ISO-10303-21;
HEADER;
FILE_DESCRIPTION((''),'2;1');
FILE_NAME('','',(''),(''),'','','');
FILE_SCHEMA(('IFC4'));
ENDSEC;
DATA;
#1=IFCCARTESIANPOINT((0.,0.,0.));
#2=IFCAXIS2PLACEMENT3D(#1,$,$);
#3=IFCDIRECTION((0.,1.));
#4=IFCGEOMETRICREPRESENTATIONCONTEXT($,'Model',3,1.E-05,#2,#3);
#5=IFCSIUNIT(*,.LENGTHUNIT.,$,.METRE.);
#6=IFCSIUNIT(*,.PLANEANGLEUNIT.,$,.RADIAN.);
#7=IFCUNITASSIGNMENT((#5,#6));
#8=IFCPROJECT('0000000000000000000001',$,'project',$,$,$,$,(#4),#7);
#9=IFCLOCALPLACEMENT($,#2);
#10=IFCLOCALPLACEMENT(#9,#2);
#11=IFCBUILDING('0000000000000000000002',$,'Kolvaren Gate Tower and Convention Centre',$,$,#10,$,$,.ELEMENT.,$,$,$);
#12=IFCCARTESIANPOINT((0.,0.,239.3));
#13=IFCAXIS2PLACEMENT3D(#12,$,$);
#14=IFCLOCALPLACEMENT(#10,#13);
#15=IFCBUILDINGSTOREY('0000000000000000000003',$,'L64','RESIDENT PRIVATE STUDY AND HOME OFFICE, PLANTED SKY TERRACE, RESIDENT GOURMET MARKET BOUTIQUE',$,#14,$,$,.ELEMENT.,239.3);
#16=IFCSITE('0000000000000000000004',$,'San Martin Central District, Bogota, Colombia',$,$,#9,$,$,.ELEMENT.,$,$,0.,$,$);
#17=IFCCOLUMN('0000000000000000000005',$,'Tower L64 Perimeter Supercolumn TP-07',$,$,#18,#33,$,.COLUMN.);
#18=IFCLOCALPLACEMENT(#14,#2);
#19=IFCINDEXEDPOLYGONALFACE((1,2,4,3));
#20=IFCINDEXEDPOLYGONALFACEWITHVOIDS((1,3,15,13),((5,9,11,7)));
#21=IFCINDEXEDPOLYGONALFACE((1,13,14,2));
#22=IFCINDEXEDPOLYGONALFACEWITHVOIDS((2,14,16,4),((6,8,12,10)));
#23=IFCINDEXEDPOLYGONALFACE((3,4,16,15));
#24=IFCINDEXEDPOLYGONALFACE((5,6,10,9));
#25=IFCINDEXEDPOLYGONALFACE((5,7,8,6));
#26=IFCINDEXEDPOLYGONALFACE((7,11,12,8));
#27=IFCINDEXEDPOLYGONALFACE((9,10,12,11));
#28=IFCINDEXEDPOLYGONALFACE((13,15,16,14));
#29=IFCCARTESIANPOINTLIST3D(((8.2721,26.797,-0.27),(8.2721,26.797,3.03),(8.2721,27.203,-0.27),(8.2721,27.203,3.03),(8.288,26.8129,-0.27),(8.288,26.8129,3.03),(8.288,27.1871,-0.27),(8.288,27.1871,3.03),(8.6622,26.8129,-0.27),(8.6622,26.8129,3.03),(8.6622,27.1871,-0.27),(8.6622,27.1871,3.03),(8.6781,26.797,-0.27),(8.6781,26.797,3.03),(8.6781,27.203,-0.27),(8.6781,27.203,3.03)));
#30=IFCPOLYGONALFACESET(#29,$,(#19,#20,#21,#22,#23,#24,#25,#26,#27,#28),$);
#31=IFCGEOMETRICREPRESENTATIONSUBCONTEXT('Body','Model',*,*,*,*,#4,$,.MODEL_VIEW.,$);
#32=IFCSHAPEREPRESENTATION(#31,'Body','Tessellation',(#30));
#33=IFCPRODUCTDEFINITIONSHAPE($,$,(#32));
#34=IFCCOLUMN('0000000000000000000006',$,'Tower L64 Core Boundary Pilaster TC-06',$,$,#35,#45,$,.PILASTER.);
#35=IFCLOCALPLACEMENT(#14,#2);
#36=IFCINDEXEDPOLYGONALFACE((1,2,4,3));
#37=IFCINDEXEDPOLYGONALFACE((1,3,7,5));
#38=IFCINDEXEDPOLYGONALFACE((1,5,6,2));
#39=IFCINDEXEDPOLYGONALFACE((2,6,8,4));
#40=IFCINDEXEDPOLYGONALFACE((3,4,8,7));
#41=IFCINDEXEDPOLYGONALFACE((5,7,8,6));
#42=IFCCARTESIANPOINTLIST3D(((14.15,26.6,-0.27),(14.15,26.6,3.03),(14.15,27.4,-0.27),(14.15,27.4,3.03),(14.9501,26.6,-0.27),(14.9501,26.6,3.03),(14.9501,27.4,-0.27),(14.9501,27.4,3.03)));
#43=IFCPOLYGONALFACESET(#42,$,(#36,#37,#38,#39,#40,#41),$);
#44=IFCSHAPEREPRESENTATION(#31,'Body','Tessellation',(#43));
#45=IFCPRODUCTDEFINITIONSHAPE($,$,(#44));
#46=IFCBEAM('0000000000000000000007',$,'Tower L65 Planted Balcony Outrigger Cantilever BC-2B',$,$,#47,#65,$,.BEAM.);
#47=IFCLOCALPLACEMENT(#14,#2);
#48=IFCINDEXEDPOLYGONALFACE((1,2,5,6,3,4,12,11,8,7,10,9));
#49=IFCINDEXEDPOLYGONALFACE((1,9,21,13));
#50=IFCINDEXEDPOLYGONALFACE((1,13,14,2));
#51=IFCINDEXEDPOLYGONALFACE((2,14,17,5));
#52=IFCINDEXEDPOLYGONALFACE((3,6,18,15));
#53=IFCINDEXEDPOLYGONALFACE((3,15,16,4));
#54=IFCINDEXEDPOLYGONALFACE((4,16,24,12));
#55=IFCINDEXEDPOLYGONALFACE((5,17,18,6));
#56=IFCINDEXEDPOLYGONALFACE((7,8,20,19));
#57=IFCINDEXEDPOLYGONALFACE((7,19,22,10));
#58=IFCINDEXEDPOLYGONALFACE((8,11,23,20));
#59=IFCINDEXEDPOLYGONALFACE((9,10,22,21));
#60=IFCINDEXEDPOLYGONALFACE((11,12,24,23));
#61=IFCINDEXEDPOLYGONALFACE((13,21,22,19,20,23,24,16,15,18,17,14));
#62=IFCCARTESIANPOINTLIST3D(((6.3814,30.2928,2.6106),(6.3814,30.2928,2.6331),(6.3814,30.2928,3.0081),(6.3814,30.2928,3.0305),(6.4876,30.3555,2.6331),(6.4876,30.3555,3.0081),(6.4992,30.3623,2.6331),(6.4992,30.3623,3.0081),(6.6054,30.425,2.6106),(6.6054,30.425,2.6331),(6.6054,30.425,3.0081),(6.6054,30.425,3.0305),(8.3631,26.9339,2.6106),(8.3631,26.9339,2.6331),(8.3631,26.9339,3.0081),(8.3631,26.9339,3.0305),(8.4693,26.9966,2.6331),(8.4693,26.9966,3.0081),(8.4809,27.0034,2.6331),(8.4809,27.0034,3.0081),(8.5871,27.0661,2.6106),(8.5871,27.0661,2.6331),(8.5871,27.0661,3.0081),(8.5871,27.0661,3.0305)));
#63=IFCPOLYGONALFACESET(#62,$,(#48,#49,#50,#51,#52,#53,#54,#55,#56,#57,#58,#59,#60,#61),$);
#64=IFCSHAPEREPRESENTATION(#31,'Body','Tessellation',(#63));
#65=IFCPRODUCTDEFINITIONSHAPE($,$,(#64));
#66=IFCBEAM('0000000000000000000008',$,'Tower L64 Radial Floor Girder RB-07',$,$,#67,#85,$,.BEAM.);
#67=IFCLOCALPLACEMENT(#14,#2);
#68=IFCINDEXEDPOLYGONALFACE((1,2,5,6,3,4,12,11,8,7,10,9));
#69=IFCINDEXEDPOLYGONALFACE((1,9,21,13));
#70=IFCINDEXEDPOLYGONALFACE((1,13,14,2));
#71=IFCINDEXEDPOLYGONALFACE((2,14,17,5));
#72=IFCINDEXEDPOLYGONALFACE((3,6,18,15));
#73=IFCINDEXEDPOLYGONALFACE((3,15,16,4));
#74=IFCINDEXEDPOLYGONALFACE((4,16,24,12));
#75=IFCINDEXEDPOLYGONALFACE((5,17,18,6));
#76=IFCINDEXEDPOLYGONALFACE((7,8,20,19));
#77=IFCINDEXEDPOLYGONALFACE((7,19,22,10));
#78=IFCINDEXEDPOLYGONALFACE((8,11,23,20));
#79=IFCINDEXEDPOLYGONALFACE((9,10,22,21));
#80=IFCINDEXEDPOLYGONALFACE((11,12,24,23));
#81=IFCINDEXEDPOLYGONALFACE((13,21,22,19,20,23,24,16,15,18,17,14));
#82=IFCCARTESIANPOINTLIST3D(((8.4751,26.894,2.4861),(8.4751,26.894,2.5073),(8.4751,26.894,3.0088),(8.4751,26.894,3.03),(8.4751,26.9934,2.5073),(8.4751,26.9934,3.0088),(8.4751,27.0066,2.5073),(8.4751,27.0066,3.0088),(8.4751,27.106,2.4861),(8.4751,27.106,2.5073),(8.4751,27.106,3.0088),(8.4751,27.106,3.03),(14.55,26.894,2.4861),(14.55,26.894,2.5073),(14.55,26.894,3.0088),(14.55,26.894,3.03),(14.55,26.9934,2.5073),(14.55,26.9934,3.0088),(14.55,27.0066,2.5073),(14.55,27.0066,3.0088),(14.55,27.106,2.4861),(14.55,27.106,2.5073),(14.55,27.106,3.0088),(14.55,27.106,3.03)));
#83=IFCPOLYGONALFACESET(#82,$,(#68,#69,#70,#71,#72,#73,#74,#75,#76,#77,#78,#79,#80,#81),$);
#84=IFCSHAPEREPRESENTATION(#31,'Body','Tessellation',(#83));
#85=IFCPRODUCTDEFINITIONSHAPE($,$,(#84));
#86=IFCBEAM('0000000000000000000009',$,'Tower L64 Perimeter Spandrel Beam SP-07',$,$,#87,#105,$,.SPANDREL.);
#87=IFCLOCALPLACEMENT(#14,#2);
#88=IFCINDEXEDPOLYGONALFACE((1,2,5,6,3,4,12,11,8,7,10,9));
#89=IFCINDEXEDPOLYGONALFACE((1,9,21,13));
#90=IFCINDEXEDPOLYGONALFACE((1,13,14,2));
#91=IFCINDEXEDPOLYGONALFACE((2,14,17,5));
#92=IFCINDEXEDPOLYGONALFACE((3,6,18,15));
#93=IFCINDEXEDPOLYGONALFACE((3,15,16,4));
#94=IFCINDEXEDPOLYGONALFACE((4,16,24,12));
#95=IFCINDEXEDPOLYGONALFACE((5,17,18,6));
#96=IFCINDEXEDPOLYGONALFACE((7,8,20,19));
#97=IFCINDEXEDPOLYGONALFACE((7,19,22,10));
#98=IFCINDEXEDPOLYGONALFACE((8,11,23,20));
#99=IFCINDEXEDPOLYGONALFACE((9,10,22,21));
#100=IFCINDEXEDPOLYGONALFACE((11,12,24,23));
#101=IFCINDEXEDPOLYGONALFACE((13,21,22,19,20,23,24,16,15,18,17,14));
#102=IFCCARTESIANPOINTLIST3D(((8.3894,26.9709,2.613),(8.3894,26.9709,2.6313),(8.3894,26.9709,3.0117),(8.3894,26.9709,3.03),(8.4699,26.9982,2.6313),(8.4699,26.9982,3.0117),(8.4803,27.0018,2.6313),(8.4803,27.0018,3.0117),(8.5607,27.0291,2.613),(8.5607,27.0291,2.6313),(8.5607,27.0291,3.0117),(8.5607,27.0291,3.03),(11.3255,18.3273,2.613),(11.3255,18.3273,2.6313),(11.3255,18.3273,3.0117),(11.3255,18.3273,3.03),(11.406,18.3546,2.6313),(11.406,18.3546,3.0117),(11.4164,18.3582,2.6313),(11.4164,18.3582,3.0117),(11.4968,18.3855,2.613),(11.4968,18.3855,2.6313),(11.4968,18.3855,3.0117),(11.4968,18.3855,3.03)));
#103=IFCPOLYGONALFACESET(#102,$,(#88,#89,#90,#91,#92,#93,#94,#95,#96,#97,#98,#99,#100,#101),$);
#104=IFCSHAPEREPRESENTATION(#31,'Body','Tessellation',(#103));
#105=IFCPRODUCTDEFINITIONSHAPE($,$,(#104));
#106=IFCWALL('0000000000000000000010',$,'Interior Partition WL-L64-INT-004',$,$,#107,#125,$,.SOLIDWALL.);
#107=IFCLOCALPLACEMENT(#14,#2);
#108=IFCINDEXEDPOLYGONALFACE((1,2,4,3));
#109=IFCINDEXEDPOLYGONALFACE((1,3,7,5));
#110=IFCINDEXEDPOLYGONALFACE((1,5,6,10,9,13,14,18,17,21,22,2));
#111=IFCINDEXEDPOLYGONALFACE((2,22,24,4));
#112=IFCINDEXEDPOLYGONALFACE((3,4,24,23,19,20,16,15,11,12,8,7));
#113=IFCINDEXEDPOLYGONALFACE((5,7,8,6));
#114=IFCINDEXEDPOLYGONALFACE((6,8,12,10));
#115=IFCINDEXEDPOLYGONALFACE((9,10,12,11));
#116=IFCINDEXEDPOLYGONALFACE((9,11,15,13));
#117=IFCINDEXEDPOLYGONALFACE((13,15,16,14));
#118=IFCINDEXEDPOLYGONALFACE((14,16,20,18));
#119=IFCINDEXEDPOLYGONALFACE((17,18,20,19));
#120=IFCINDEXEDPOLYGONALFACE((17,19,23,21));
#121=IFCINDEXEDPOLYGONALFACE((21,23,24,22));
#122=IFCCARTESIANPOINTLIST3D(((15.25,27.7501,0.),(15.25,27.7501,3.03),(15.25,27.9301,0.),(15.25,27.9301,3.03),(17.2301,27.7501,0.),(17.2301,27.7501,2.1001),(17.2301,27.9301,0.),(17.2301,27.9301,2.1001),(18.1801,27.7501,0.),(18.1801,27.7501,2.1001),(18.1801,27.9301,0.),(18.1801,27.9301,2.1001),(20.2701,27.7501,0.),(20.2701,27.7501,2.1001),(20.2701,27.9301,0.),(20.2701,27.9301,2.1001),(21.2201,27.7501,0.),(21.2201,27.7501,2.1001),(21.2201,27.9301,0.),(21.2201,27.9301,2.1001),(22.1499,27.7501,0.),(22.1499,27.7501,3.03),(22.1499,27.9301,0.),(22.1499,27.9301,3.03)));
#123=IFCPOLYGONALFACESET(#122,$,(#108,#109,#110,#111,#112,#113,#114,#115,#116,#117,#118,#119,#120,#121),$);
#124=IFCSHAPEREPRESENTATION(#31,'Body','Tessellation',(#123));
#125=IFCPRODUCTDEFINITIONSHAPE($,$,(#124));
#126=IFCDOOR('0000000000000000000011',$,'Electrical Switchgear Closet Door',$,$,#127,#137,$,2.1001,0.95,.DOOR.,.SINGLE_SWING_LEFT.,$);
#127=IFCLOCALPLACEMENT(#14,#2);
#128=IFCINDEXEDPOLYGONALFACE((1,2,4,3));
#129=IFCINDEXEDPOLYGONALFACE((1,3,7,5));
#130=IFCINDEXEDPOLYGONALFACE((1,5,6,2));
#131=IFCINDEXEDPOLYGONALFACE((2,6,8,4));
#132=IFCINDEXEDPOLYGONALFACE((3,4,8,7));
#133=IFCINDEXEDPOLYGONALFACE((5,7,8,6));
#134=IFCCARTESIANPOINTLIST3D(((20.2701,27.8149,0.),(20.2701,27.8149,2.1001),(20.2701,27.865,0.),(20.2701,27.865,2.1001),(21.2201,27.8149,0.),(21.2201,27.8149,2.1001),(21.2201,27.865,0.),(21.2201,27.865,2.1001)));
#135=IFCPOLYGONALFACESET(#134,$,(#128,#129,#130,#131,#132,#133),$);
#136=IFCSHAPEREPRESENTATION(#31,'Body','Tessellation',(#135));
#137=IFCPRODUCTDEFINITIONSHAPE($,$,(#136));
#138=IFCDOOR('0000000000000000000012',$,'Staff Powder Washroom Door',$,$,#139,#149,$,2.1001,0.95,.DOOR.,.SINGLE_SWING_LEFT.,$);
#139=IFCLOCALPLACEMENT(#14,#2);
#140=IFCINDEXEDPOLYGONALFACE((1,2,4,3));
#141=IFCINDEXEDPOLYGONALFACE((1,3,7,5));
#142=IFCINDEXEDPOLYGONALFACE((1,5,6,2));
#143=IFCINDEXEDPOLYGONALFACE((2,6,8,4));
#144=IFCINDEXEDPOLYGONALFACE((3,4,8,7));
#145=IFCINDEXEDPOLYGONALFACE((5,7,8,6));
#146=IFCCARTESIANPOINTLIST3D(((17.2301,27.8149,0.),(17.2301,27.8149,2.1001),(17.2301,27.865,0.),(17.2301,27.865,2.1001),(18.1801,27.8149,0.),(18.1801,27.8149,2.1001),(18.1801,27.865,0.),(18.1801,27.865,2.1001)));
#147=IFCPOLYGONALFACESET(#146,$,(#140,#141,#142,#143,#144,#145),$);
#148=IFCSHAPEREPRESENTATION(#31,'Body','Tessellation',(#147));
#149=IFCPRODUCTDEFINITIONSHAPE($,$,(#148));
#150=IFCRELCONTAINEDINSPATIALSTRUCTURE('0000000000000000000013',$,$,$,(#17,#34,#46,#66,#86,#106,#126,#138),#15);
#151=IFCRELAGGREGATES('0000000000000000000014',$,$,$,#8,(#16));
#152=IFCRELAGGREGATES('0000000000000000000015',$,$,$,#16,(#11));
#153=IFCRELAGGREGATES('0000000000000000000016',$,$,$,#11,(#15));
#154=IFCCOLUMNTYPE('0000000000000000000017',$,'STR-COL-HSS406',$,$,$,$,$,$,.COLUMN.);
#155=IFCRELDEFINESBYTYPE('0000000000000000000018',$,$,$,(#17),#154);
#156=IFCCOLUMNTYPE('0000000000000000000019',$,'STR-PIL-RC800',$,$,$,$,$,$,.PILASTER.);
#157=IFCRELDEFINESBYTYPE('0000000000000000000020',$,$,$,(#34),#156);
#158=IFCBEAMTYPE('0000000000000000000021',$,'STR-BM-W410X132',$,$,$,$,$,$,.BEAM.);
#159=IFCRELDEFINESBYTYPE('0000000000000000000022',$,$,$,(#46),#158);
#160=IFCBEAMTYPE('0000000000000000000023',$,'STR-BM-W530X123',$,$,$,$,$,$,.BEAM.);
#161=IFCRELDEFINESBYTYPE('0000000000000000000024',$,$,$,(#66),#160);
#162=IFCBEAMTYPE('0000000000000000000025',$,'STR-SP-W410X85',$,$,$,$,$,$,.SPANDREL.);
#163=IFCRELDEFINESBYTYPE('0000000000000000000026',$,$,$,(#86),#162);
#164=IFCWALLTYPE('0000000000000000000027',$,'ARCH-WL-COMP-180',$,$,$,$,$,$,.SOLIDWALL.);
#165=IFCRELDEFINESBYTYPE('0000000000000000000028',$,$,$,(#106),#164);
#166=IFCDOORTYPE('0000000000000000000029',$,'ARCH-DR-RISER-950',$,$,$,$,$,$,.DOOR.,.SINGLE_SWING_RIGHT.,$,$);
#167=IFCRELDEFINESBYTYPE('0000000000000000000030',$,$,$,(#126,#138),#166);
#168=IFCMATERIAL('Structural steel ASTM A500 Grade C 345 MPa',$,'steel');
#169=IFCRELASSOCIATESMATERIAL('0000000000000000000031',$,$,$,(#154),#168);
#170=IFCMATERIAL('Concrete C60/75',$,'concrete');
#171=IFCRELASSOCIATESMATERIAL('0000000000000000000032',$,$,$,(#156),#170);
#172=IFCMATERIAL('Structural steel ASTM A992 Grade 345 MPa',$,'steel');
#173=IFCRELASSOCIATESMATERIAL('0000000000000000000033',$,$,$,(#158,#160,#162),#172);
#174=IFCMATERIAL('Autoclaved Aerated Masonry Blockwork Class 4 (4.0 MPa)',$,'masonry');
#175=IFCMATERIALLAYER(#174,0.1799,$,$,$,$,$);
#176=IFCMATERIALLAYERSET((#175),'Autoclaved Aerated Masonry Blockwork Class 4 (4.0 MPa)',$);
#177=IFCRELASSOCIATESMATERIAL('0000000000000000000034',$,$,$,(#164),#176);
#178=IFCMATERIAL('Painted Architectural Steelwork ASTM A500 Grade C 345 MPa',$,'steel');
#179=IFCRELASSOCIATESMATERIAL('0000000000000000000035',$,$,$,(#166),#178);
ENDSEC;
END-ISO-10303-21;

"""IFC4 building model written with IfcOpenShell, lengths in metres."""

from ifc_helpers import new_model, si_unit, direction, frame, frame_2d, origin, origin_2d, place, context, subcontext, project, spatial, rectangle, hollow_rectangle, i_section, extrude, material, layer, layer_set, material_profile, profile_set, type_object, element, fill, save


model = new_model("IFC4")

# Units and contexts
model_context = context("Model", 3, precision=1e-05, world=origin(), true_north=direction((0.0, 1.0)))
body_context = subcontext(model_context, "Body", "Model", "MODEL_VIEW")
ifc_project = project(units=[si_unit("LENGTHUNIT", "METRE"), si_unit("PLANEANGLEUNIT", "RADIAN")], contexts=[model_context])

# Site, building, storey
site_placement = place(None, origin())
site = spatial("IfcSite", under=ifc_project, at=site_placement, Name="San Martin Central District, Bogota, Colombia", CompositionType="ELEMENT", RefElevation=0.0)
building_placement = place(site_placement, origin())
building = spatial("IfcBuilding", under=site, at=building_placement, Name="Kolvaren Gate Tower and Convention Centre", CompositionType="ELEMENT")
storey_placement = place(building_placement, frame((0.0, 0.0, 239.3)))
storey = spatial("IfcBuildingStorey", under=building, at=storey_placement, Name="L64", Description="RESIDENT PRIVATE STUDY AND HOME OFFICE, PLANTED SKY TERRACE, RESIDENT GOURMET MARKET BOUTIQUE", CompositionType="ELEMENT", Elevation=239.3)

# Columns
ifc_material_1 = material(Name="Structural steel ASTM A500 Grade C 345 MPa", Category="steel")
ifc_material_profile_1 = material_profile(ifc_material_1, hollow_rectangle(XDim=0.406, YDim=0.406, WallThickness=0.0159, at=origin_2d()), Name="HSS406X406X15.9")
ifc_profile_set_1 = profile_set([ifc_material_profile_1], Name="Structural steel ASTM A500 Grade C 345 MPa")
column_type_1 = type_object("IfcColumnType", Name="STR-COL-HSS406", PredefinedType="COLUMN", material=ifc_profile_set_1)
column_1_placement = place(storey_placement, frame((8.4751, 27.0, -0.27), z_axis=(0.0, 0.0, 1.0), x_axis=(1.0, 0.0, 0.0)))
element("IfcColumn", 1, at=column_1_placement, inside=storey, type_object=column_type_1, Name="Tower L64 Perimeter Supercolumn TP-07", PredefinedType="COLUMN", context=body_context, shape_type="SweptSolid", body=[
    extrude(hollow_rectangle(XDim=0.406, YDim=0.406, WallThickness=0.0159, at=origin_2d()), origin(), (0.0, 0.0, 1.0), 3.3),
])
ifc_material_2 = material(Name="Concrete C60/75", Category="concrete")
ifc_material_profile_2 = material_profile(ifc_material_2, rectangle(XDim=0.8, YDim=0.8, at=origin_2d()), Name="RC-COL-800X800")
ifc_profile_set_2 = profile_set([ifc_material_profile_2], Name="Concrete C60/75")
column_type_2 = type_object("IfcColumnType", Name="STR-PIL-RC800", PredefinedType="PILASTER", material=ifc_profile_set_2)
column_2_placement = place(storey_placement, frame((14.55, 27.0, -0.27), z_axis=(0.0, 0.0, 1.0), x_axis=(1.0, 0.0, 0.0)))
element("IfcColumn", 2, at=column_2_placement, inside=storey, type_object=column_type_2, Name="Tower L64 Core Boundary Pilaster TC-06", PredefinedType="PILASTER", context=body_context, shape_type="SweptSolid", body=[
    extrude(rectangle(XDim=0.8, YDim=0.8, at=origin_2d()), origin(), (0.0, 0.0, 1.0), 3.3),
])

# Beams
ifc_material_3 = material(Name="Structural steel ASTM A992 Grade 345 MPa", Category="steel")
ifc_material_profile_3 = material_profile(ifc_material_3, i_section(OverallWidth=0.26, OverallDepth=0.4199, WebThickness=0.0134, FlangeThickness=0.0225, at=origin_2d()), Name="W410X132")
ifc_profile_set_3 = profile_set([ifc_material_profile_3], Name="Structural steel ASTM A992 Grade 345 MPa")
beam_type_1 = type_object("IfcBeamType", Name="STR-BM-W410X132", PredefinedType="BEAM", material=ifc_profile_set_3)
beam_1_placement = place(storey_placement, frame((8.4751, 27.0, 2.8206), z_axis=(-0.508139, 0.861275, 0.0), x_axis=(-0.861275, -0.508139, 0.0)))
element("IfcBeam", 3, at=beam_1_placement, inside=storey, type_object=beam_type_1, Name="Tower L65 Planted Balcony Outrigger Cantilever BC-2B", PredefinedType="BEAM", context=body_context, shape_type="SweptSolid", body=[
    extrude(i_section(OverallWidth=0.26, OverallDepth=0.4199, WebThickness=0.0134, FlangeThickness=0.0225, at=origin_2d()), origin(), (0.0, 0.0, 1.0), 3.8999),
])
ifc_material_profile_4 = material_profile(ifc_material_3, i_section(OverallWidth=0.2119, OverallDepth=0.5439, WebThickness=0.0132, FlangeThickness=0.0212, at=origin_2d()), Name="W530X123")
ifc_profile_set_4 = profile_set([ifc_material_profile_4], Name="Structural steel ASTM A992 Grade 345 MPa")
beam_type_2 = type_object("IfcBeamType", Name="STR-BM-W530X123", PredefinedType="BEAM", material=ifc_profile_set_4)
beam_2_placement = place(storey_placement, frame((14.55, 27.0, 2.7581), z_axis=(-1.0, 0.0, 0.0), x_axis=(0.0, -1.0, 0.0)))
element("IfcBeam", 4, at=beam_2_placement, inside=storey, type_object=beam_type_2, Name="Tower L64 Radial Floor Girder RB-07", PredefinedType="BEAM", context=body_context, shape_type="SweptSolid", body=[
    extrude(i_section(OverallWidth=0.2119, OverallDepth=0.5439, WebThickness=0.0132, FlangeThickness=0.0212, at=origin_2d()), origin(), (0.0, 0.0, 1.0), 6.075),
])
ifc_material_profile_5 = material_profile(ifc_material_3, i_section(OverallWidth=0.1809, OverallDepth=0.417, WebThickness=0.011, FlangeThickness=0.0183, at=origin_2d()), Name="W410X85")
ifc_profile_set_5 = profile_set([ifc_material_profile_5], Name="Structural steel ASTM A992 Grade 345 MPa")
beam_type_3 = type_object("IfcBeamType", Name="STR-SP-W410X85", PredefinedType="SPANDREL", material=ifc_profile_set_5)
beam_3_placement = place(storey_placement, frame((8.4751, 27.0, 2.8215), z_axis=(0.32163, -0.946865, 0.0), x_axis=(0.946865, 0.32163, 0.0)))
element("IfcBeam", 5, at=beam_3_placement, inside=storey, type_object=beam_type_3, Name="Tower L64 Perimeter Spandrel Beam SP-07", PredefinedType="SPANDREL", context=body_context, shape_type="SweptSolid", body=[
    extrude(i_section(OverallWidth=0.1809, OverallDepth=0.417, WebThickness=0.011, FlangeThickness=0.0183, at=origin_2d()), origin(), (0.0, 0.0, 1.0), 9.1287),
])

# Wall, openings, doors
ifc_material_4 = material(Name="Autoclaved Aerated Masonry Blockwork Class 4 (4.0 MPa)", Category="masonry")
ifc_layer_1 = layer(ifc_material_4, 0.1799)
ifc_layer_set_1 = layer_set([ifc_layer_1], Name="Autoclaved Aerated Masonry Blockwork Class 4 (4.0 MPa)")
wall_type_1 = type_object("IfcWallType", Name="ARCH-WL-COMP-180", PredefinedType="SOLIDWALL", material=ifc_layer_set_1)
wall_1_placement = place(storey_placement, frame((15.25, 27.8401, 0.0), z_axis=(0.0, 0.0, 1.0), x_axis=(1.0, 0.0, 0.0)))
wall_1 = element("IfcWall", 6, at=wall_1_placement, inside=storey, type_object=wall_type_1, Name="Interior Partition WL-L64-INT-004", PredefinedType="SOLIDWALL", context=body_context, shape_type="SweptSolid", body=[
    extrude(rectangle(XDim=6.8999, YDim=0.1799, at=frame_2d((3.45, 0.0))), origin(), (0.0, 0.0, 1.0), 3.03),
])
opening_1_placement = place(wall_1_placement, frame((5.02, 0.0, 0.0)))
opening_1 = element("IfcOpeningElement", 7, at=opening_1_placement, cuts=wall_1, PredefinedType="OPENING", context=body_context, shape_type="SweptSolid", body=[
    extrude(rectangle(XDim=0.95, YDim=2.1001, at=frame_2d((0.4751, 1.05))), frame((0.0, 0.0999, 0.0), z_axis=(0.0, -1.0, 0.0), x_axis=(1.0, 0.0, 0.0)), (0.0, 0.0, 1.0), 0.2),
])
opening_2_placement = place(wall_1_placement, frame((1.98, 0.0, 0.0)))
opening_2 = element("IfcOpeningElement", 8, at=opening_2_placement, cuts=wall_1, PredefinedType="OPENING", context=body_context, shape_type="SweptSolid", body=[
    extrude(rectangle(XDim=0.95, YDim=2.1001, at=frame_2d((0.4751, 1.05))), frame((0.0, 0.0999, 0.0), z_axis=(0.0, -1.0, 0.0), x_axis=(1.0, 0.0, 0.0)), (0.0, 0.0, 1.0), 0.2),
])
ifc_material_5 = material(Name="Painted Architectural Steelwork ASTM A500 Grade C 345 MPa", Category="steel")
door_type = type_object("IfcDoorType", Name="ARCH-DR-RISER-950", OperationType="SINGLE_SWING_RIGHT", PredefinedType="DOOR", material=ifc_material_5)
door_1_placement = place(opening_1_placement, origin())
door_1 = element("IfcDoor", 9, at=door_1_placement, inside=storey, type_object=door_type, Name="Electrical Switchgear Closet Door", OperationType="SINGLE_SWING_LEFT", OverallHeight=2.1001, OverallWidth=0.95, PredefinedType="DOOR", context=body_context, shape_type="SweptSolid", body=[
    extrude(rectangle(XDim=0.95, YDim=2.1001, at=frame_2d((0.4751, 1.05))), frame((0.0, 0.0249, 0.0), z_axis=(0.0, -1.0, 0.0), x_axis=(1.0, 0.0, 0.0)), (0.0, 0.0, 1.0), 0.05),
])
fill(opening_1, door_1)
door_2_placement = place(opening_2_placement, origin())
door_2 = element("IfcDoor", 10, at=door_2_placement, inside=storey, type_object=door_type, Name="Staff Powder Washroom Door", OperationType="SINGLE_SWING_LEFT", OverallHeight=2.1001, OverallWidth=0.95, PredefinedType="DOOR", context=body_context, shape_type="SweptSolid", body=[
    extrude(rectangle(XDim=0.95, YDim=2.1001, at=frame_2d((0.4751, 1.05))), frame((0.0, 0.0249, 0.0), z_axis=(0.0, -1.0, 0.0), x_axis=(1.0, 0.0, 0.0)), (0.0, 0.0, 1.0), 0.05),
])
fill(opening_2, door_2)

save(model, "model.ifc")
